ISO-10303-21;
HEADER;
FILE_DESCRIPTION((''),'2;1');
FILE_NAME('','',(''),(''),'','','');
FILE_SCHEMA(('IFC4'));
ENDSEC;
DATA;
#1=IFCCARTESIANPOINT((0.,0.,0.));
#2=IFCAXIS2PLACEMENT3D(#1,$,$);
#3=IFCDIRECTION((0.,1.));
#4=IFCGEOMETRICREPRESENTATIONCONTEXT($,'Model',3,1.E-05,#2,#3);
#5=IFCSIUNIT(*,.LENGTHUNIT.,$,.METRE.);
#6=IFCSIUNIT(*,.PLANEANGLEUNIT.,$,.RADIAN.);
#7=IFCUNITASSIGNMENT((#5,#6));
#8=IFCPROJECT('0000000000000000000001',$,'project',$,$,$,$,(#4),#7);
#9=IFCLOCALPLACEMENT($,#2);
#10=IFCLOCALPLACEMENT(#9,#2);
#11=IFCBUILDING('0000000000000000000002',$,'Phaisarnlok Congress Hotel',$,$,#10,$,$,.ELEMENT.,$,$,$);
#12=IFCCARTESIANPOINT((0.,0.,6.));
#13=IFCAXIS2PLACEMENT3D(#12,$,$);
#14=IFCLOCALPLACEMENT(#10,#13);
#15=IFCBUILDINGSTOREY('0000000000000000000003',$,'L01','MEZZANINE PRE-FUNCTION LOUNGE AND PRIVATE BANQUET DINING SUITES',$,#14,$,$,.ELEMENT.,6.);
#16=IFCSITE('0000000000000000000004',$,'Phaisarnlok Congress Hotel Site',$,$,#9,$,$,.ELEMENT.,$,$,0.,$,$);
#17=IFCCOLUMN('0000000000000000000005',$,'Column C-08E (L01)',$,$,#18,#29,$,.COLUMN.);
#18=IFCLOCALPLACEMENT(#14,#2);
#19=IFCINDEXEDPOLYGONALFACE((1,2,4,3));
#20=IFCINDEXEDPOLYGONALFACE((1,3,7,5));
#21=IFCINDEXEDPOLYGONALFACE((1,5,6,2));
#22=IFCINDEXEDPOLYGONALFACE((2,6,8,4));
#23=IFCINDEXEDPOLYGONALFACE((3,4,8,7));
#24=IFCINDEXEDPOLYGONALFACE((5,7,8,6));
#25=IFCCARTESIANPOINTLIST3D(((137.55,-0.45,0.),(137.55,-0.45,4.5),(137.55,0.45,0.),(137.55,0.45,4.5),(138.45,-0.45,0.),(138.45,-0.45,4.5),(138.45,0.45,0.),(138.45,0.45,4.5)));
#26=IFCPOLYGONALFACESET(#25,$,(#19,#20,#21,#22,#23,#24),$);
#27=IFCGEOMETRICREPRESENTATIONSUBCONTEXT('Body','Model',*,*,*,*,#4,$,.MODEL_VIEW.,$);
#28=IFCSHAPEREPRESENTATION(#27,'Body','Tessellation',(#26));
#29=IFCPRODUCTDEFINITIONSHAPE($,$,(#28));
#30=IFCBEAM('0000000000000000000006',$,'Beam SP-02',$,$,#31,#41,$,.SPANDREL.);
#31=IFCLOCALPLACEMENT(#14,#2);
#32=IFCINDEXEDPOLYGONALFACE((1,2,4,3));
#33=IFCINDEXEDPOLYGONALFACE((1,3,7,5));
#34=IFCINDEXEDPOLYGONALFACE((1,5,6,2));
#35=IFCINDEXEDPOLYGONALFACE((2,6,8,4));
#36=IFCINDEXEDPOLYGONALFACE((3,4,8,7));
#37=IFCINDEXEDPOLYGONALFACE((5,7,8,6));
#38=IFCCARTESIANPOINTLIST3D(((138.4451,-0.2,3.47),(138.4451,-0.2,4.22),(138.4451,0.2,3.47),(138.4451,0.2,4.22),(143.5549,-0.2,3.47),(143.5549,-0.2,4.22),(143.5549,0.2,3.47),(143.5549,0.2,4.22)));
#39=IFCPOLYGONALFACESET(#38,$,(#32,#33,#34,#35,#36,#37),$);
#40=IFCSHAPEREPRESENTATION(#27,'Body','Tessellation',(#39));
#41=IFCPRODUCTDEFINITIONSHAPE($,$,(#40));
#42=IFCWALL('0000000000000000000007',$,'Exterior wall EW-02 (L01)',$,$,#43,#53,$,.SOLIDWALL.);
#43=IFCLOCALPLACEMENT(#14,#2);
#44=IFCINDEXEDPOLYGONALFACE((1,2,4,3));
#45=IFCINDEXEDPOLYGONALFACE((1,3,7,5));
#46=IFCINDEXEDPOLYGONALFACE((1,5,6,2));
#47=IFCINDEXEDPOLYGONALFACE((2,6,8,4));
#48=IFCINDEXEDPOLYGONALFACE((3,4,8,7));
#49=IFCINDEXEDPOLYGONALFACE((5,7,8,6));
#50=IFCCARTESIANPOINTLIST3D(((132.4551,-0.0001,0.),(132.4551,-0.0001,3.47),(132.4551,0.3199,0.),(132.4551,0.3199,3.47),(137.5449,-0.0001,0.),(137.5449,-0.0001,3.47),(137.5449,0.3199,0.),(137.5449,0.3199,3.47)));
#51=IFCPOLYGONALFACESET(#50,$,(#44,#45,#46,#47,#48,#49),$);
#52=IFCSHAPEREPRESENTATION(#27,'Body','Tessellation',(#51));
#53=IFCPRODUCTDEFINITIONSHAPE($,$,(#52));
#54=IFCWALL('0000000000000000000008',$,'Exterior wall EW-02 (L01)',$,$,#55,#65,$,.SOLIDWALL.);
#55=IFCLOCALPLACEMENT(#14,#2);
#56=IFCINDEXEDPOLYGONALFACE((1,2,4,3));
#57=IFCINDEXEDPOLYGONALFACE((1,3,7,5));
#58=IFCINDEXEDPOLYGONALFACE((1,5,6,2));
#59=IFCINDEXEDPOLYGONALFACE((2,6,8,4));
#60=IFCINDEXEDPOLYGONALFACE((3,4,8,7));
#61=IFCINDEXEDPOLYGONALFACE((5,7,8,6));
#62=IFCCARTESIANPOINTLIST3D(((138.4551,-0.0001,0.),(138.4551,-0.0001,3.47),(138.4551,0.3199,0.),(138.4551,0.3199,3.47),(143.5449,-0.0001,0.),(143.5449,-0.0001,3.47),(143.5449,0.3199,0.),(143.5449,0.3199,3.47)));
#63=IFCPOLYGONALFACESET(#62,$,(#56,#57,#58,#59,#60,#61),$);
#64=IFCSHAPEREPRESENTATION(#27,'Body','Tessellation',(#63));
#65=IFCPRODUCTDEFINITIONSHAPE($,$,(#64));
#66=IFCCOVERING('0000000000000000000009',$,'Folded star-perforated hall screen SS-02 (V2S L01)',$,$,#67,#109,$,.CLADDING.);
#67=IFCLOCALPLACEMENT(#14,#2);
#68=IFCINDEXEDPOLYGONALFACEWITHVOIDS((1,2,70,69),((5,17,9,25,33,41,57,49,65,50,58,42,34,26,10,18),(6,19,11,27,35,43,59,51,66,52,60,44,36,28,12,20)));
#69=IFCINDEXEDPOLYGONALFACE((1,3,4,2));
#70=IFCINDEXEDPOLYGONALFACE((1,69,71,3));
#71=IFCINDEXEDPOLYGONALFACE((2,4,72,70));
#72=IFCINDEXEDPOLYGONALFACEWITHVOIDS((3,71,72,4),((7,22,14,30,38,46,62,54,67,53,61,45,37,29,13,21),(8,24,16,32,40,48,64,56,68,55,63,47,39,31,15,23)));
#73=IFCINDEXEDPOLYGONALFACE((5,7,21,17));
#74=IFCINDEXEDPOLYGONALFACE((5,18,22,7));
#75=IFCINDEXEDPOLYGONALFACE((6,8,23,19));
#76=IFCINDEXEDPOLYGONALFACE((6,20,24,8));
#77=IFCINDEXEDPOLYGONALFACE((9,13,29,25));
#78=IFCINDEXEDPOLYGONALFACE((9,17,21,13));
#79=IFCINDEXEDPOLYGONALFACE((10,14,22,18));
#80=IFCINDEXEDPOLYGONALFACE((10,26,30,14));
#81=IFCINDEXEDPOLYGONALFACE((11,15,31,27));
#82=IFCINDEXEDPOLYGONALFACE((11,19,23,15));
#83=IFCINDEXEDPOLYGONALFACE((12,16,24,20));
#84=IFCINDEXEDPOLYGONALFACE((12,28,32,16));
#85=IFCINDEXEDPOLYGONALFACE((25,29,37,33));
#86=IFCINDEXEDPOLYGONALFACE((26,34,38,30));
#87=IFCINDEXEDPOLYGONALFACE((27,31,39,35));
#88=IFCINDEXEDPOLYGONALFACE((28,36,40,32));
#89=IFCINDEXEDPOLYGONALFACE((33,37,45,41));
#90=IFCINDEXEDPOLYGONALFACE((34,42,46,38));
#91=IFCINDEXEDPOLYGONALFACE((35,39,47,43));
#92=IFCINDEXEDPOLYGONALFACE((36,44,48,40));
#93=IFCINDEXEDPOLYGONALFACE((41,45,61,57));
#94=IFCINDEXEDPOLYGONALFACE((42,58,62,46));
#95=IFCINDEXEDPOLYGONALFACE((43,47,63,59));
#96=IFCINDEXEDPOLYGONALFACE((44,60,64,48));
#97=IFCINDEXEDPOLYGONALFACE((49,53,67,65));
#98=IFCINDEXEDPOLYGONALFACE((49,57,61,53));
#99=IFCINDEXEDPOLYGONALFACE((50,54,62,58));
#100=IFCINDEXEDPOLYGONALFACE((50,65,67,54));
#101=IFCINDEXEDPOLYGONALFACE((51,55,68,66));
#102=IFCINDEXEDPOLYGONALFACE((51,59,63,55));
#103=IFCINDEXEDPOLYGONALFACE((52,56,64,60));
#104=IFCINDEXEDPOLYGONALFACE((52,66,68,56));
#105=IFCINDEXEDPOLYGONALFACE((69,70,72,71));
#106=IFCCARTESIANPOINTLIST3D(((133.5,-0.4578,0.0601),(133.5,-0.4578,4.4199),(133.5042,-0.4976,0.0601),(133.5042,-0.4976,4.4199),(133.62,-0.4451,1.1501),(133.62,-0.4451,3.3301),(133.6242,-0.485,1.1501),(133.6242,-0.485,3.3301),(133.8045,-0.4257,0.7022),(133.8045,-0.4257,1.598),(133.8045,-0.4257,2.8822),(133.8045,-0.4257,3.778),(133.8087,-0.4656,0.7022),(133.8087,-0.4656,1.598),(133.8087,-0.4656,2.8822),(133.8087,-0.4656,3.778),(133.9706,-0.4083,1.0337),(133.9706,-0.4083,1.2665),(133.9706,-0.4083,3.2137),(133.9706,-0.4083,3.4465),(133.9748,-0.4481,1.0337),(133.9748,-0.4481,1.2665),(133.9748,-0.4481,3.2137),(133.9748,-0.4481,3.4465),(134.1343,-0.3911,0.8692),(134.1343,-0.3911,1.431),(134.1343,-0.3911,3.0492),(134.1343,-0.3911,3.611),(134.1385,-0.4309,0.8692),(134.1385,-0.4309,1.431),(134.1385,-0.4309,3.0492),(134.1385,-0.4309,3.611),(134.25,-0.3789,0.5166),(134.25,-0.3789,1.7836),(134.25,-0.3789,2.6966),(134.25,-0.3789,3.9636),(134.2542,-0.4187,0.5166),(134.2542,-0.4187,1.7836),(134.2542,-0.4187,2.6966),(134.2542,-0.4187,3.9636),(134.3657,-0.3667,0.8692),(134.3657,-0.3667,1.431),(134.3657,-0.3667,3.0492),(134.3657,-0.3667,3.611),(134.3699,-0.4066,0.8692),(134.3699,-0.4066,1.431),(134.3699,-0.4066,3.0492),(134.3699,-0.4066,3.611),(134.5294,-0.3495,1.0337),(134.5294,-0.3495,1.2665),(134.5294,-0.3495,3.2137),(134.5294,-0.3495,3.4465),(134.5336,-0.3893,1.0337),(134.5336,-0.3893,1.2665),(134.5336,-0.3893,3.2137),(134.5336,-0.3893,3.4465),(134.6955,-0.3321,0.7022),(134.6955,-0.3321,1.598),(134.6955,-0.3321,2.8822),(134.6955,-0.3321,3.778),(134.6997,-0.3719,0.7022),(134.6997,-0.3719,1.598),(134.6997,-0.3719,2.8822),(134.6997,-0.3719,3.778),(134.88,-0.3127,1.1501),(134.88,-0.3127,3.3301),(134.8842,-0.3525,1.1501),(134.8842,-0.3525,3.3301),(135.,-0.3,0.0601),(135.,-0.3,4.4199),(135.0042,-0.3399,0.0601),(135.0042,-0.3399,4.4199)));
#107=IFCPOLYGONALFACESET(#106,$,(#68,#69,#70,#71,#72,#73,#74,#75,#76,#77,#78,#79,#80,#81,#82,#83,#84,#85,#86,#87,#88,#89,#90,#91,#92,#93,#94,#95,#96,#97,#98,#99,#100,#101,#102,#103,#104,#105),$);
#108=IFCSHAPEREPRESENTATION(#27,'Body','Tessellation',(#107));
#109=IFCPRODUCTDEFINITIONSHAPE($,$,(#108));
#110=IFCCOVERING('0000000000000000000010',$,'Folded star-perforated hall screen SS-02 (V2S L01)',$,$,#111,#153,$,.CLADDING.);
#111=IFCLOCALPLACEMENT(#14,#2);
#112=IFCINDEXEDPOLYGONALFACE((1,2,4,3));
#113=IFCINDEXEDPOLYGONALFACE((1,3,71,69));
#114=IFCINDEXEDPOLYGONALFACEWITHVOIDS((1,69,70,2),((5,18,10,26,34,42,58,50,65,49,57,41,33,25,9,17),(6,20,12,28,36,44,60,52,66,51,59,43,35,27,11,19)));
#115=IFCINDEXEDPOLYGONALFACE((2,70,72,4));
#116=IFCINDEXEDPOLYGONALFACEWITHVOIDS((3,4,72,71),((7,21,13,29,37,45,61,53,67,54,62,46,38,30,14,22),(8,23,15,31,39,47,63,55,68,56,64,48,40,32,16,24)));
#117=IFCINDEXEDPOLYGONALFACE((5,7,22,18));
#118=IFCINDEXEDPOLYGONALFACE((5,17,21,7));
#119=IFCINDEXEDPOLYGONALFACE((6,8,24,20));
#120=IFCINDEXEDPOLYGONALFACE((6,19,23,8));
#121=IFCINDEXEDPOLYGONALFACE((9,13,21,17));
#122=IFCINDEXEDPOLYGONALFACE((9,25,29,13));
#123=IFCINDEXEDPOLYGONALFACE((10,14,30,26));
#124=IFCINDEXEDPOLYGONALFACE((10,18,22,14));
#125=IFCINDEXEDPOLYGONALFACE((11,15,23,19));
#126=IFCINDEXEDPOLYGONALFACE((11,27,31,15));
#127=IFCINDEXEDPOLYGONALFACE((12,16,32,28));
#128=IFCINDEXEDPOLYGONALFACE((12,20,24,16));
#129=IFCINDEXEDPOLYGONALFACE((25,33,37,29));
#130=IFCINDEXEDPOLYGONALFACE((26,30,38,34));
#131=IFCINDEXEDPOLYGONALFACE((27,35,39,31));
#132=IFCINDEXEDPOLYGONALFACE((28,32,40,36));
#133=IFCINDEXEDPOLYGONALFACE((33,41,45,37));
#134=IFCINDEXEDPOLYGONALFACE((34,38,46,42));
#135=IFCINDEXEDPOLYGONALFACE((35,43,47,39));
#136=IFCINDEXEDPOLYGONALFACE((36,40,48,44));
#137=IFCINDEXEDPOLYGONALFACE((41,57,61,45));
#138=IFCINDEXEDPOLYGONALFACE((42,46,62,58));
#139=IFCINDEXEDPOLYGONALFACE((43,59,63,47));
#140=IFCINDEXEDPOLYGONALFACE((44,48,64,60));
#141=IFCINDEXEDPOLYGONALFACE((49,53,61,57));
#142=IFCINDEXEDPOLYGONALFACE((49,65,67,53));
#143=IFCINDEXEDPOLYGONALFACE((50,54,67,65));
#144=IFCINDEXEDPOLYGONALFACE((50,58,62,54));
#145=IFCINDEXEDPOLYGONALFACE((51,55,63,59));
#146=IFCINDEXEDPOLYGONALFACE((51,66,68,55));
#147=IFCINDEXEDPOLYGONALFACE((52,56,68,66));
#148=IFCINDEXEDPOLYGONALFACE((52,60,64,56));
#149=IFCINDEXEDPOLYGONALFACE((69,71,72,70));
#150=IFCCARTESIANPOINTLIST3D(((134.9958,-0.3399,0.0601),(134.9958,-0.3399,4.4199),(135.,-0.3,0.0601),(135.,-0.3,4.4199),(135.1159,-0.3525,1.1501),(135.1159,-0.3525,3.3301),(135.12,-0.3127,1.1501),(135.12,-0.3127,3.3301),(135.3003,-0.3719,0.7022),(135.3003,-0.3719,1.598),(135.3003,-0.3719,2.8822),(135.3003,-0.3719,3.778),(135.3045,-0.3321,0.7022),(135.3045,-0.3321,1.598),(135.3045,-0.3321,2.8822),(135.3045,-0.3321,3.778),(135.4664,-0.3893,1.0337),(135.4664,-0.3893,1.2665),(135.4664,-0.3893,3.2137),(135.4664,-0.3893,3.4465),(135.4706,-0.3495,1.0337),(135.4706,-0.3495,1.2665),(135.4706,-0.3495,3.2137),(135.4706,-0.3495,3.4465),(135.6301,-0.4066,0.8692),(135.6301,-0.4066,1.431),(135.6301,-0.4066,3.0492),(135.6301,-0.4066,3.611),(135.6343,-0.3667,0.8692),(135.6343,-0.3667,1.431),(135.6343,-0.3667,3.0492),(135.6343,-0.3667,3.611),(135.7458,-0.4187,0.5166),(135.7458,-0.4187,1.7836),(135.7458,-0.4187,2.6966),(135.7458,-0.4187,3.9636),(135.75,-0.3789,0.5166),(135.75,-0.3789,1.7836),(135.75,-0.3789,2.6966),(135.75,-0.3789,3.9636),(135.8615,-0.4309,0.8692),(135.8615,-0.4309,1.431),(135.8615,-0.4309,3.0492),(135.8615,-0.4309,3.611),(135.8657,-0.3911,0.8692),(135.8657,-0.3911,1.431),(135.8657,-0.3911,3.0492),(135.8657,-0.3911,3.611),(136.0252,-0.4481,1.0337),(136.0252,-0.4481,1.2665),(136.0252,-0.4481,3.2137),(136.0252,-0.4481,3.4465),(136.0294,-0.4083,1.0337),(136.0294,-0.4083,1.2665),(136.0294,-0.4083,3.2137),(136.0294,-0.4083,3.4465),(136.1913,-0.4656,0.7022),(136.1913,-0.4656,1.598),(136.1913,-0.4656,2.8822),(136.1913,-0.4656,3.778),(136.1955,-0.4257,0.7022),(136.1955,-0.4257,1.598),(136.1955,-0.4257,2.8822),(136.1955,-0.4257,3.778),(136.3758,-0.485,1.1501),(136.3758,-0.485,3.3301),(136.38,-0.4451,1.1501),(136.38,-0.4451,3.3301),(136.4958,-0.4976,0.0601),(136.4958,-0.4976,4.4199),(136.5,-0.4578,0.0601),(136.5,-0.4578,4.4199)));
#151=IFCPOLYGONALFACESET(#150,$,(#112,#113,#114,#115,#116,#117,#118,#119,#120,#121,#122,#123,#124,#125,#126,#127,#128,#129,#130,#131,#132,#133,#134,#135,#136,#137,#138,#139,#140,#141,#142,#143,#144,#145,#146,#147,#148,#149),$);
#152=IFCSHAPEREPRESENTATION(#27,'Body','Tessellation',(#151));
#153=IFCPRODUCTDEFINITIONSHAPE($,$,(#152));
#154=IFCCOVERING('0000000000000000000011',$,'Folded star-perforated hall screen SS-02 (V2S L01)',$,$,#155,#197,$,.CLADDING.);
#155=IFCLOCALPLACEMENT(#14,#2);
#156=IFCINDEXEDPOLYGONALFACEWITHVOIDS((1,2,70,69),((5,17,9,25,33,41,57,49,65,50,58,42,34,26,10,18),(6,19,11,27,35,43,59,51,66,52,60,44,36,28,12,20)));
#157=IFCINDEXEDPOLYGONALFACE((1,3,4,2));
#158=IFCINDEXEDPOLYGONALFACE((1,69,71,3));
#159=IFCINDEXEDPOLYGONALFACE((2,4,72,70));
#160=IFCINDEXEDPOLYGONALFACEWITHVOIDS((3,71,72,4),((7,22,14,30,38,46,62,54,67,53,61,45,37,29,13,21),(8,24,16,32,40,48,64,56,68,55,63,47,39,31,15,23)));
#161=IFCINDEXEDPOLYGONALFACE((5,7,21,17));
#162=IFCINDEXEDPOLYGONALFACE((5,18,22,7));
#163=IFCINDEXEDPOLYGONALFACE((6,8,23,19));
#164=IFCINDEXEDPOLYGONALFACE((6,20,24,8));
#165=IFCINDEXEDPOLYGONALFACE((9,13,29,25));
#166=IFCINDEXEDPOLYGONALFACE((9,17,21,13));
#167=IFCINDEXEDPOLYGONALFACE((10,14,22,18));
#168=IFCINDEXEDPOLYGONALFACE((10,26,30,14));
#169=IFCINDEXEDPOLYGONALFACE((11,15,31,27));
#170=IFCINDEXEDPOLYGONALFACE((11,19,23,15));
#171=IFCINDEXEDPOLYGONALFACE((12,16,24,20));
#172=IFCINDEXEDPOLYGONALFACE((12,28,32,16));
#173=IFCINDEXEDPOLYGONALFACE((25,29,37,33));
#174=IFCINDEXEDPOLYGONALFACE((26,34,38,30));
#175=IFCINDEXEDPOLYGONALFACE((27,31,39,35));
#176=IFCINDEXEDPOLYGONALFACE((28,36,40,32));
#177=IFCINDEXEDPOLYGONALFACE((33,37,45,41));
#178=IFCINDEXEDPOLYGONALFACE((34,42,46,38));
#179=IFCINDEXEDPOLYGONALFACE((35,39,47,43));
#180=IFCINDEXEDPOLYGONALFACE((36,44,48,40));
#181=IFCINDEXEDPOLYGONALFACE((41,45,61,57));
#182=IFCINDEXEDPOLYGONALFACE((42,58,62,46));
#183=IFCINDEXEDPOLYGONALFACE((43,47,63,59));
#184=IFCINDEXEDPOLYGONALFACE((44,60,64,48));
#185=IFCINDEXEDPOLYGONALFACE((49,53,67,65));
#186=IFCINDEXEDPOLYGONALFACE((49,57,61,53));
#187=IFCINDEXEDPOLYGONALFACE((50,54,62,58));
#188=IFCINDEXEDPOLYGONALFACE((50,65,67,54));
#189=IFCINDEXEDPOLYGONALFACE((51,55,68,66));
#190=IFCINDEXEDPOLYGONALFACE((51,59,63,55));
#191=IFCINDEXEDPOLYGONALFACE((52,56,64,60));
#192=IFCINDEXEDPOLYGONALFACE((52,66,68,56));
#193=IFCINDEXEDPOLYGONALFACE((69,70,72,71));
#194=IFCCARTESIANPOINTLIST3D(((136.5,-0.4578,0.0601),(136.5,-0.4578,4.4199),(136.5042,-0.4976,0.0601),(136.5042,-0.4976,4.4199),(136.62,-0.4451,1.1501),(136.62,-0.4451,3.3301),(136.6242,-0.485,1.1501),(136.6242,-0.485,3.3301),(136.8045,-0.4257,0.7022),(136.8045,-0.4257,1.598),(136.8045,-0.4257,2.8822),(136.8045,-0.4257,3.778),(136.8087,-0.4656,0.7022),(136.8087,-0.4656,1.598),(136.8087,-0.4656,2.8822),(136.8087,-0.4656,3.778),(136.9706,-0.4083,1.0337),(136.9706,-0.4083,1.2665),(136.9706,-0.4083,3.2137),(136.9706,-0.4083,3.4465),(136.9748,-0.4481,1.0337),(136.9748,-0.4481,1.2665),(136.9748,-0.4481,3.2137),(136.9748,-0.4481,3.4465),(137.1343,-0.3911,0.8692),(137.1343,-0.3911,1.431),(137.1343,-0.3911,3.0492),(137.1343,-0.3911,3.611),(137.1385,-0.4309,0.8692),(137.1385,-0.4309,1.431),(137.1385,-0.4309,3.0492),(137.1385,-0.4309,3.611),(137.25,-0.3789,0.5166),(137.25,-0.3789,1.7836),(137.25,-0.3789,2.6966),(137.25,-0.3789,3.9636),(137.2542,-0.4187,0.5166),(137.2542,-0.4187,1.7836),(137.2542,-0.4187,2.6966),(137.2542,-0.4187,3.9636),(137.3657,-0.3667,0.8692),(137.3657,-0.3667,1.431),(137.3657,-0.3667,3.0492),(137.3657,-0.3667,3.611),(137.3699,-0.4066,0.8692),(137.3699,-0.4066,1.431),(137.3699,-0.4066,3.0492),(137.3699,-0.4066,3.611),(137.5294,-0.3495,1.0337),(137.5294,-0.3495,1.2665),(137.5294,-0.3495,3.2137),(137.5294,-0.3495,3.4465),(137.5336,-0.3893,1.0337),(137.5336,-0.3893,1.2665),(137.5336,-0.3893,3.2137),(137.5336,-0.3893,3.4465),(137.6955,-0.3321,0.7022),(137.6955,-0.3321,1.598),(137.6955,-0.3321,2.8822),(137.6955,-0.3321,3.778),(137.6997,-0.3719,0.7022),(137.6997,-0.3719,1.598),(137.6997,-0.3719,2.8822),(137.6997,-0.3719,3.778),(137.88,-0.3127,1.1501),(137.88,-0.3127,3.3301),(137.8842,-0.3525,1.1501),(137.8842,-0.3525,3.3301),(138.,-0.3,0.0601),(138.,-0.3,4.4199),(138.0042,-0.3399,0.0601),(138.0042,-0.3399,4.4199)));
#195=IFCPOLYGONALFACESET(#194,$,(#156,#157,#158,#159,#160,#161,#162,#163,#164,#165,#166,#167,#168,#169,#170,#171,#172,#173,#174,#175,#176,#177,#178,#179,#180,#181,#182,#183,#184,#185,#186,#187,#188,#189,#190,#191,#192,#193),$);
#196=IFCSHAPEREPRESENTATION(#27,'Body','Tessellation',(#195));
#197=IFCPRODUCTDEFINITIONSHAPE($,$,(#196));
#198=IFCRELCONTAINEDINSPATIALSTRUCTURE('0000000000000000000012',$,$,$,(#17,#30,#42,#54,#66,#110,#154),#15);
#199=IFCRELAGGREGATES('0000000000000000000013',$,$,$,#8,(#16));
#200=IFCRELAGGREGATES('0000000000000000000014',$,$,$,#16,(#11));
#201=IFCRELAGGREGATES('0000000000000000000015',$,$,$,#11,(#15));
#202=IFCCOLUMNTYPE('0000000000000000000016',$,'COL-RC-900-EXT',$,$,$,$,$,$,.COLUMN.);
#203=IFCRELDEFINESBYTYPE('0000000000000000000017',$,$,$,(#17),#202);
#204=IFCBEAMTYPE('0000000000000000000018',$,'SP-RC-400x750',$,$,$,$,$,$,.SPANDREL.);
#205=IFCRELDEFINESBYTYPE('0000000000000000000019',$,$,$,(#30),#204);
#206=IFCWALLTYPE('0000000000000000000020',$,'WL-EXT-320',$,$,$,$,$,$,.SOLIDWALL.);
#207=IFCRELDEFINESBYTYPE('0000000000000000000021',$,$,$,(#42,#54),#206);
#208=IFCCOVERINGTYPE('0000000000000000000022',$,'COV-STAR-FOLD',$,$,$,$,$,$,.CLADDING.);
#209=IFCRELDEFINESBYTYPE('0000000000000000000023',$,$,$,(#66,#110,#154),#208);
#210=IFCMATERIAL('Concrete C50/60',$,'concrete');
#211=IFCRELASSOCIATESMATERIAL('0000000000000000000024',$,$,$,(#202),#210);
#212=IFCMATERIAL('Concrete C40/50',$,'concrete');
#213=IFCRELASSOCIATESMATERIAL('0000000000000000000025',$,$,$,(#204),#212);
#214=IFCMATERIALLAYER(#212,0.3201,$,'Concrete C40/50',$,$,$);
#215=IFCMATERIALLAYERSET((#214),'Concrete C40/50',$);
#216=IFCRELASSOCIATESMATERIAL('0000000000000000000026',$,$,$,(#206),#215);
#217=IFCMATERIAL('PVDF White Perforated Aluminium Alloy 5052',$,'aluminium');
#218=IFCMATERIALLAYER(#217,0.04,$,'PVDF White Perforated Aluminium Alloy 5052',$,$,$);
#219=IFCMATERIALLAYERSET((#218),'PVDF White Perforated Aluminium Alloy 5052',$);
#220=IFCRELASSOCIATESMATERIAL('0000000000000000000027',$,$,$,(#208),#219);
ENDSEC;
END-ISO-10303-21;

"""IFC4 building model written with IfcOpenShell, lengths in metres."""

from ifc_helpers import new_model, si_unit, direction, frame, frame_2d, origin, origin_2d, place, context, subcontext, project, spatial, polyline, rectangle, outline, extrude, material, layer, layer_set, material_profile, profile_set, type_object, element, save


model = new_model("IFC4")

# Units and contexts
model_context = context("Model", 3, precision=1e-05, world=origin(), true_north=direction((0.0, 1.0)))
body_context = subcontext(model_context, "Body", "Model", "MODEL_VIEW")
ifc_project = project(units=[si_unit("LENGTHUNIT", "METRE"), si_unit("PLANEANGLEUNIT", "RADIAN")], contexts=[model_context])

# Site, building, storey
site_placement = place(None, origin())
site = spatial("IfcSite", under=ifc_project, at=site_placement, Name="Phaisarnlok Congress Hotel Site", CompositionType="ELEMENT", RefElevation=0.0)
building_placement = place(site_placement, origin())
building = spatial("IfcBuilding", under=site, at=building_placement, Name="Phaisarnlok Congress Hotel", CompositionType="ELEMENT")
storey_placement = place(building_placement, frame((0.0, 0.0, 6.0)))
storey = spatial("IfcBuildingStorey", under=building, at=storey_placement, Name="L01", Description="MEZZANINE PRE-FUNCTION LOUNGE AND PRIVATE BANQUET DINING SUITES", CompositionType="ELEMENT", Elevation=6.0)

# Column
ifc_material_1 = material(Name="Concrete C50/60", Category="concrete")
ifc_material_profile_1 = material_profile(ifc_material_1, rectangle(XDim=0.8999, YDim=0.8999, at=origin_2d()), Name="RC 900x900")
ifc_profile_set_1 = profile_set([ifc_material_profile_1], Name="Concrete C50/60")
column_type = type_object("IfcColumnType", Name="COL-RC-900-EXT", PredefinedType="COLUMN", material=ifc_profile_set_1)
column_placement = place(storey_placement, frame((138.0, 0.0, 0.0), z_axis=(0.0, 0.0, 1.0), x_axis=(1.0, 0.0, 0.0)))
element("IfcColumn", 1, at=column_placement, inside=storey, type_object=column_type, Name="Column C-08E (L01)", PredefinedType="COLUMN", context=body_context, shape_type="SweptSolid", body=[
    extrude(rectangle(XDim=0.8999, YDim=0.8999, at=origin_2d()), origin(), (0.0, 0.0, 1.0), 4.5),
])

# Beam
ifc_material_2 = material(Name="Concrete C40/50", Category="concrete")
ifc_material_profile_2 = material_profile(ifc_material_2, rectangle(XDim=0.3999, YDim=0.75, at=origin_2d()), Name="RC 400x750")
ifc_profile_set_2 = profile_set([ifc_material_profile_2], Name="Concrete C40/50")
beam_type = type_object("IfcBeamType", Name="SP-RC-400x750", PredefinedType="SPANDREL", material=ifc_profile_set_2)
beam_placement = place(storey_placement, frame((138.4451, 0.0, 3.845), z_axis=(1.0, 0.0, 0.0), x_axis=(0.0, 1.0, 0.0)))
element("IfcBeam", 2, at=beam_placement, inside=storey, type_object=beam_type, Name="Beam SP-02", PredefinedType="SPANDREL", context=body_context, shape_type="SweptSolid", body=[
    extrude(rectangle(XDim=0.3999, YDim=0.75, at=origin_2d()), origin(), (0.0, 0.0, 1.0), 5.1099),
])

# Walls
ifc_layer_1 = layer(ifc_material_2, 0.3201, Name="Concrete C40/50")
ifc_layer_set_1 = layer_set([ifc_layer_1], Name="Concrete C40/50")
wall_type = type_object("IfcWallType", Name="WL-EXT-320", PredefinedType="SOLIDWALL", material=ifc_layer_set_1)
for number, where, z_axis, x_axis, name in (
    (3, (132.4551, 0.1599, 0.0), (0.0, 0.0, 1.0), (1.0, 0.0, 0.0), "Exterior wall EW-02 (L01)"),
    (4, (138.4551, 0.1599, 0.0), (0.0, 0.0, 1.0), (1.0, 0.0, 0.0), "Exterior wall EW-02 (L01)"),
):
    element("IfcWall", number, at=place(storey_placement, frame(where, z_axis=z_axis, x_axis=x_axis)), inside=storey, type_object=wall_type, Name=name, PredefinedType="SOLIDWALL", context=body_context, shape_type="SweptSolid", body=[
        extrude(rectangle(XDim=5.0898, YDim=0.3201, at=frame_2d((2.5449, 0.0))), origin(), (0.0, 0.0, 1.0), 3.47),
    ])

# Coverings
ifc_material_3 = material(Name="PVDF White Perforated Aluminium Alloy 5052", Category="aluminium")
ifc_layer_2 = layer(ifc_material_3, 0.04, Name="PVDF White Perforated Aluminium Alloy 5052")
ifc_layer_set_2 = layer_set([ifc_layer_2], Name="PVDF White Perforated Aluminium Alloy 5052")
covering_type = type_object("IfcCoveringType", Name="COV-STAR-FOLD", PredefinedType="CLADDING", material=ifc_layer_set_2)
for number, where, z_axis, x_axis, name in (
    (5, (133.5, -0.4578, 0.0601), (0.104567, -0.994518, 0.0), (0.994518, 0.104567, 0.0), "Folded star-perforated hall screen SS-02 (V2S L01)"),
    (6, (135.0, -0.3, 0.0601), (-0.104567, -0.994518, 0.0), (0.994518, -0.104567, 0.0), "Folded star-perforated hall screen SS-02 (V2S L01)"),
    (7, (136.5, -0.4578, 0.0601), (0.104567, -0.994518, 0.0), (0.994518, 0.104567, 0.0), "Folded star-perforated hall screen SS-02 (V2S L01)"),
):
    element("IfcCovering", number, at=place(storey_placement, frame(where, z_axis=z_axis, x_axis=x_axis)), inside=storey, type_object=covering_type, Name=name, PredefinedType="CLADDING", context=body_context, shape_type="SweptSolid", body=[
        extrude(outline(polyline([(0.0, 0.0), (1.5083, 0.0), (1.5083, 4.3599), (0.0, 4.3599), (0.0, 0.0)]), holes=[polyline([(1.0351, 0.9736), (1.2021, 0.6421), (0.8705, 0.8091), (0.7541, 0.4565), (0.6378, 0.8091), (0.3062, 0.6421), (0.4732, 0.9736), (0.1207, 1.09), (0.4732, 1.2064), (0.3062, 1.5379), (0.6378, 1.3709), (0.7541, 1.7235), (0.8705, 1.3709), (1.2021, 1.5379), (1.0351, 1.2064), (1.3876, 1.09), (1.0351, 0.9736)]), polyline([(1.0351, 3.1536), (1.2021, 2.8221), (0.8705, 2.9891), (0.7541, 2.6365), (0.6378, 2.9891), (0.3062, 2.8221), (0.4732, 3.1536), (0.1207, 3.27), (0.4732, 3.3864), (0.3062, 3.7179), (0.6378, 3.5509), (0.7541, 3.9035), (0.8705, 3.5509), (1.2021, 3.7179), (1.0351, 3.3864), (1.3876, 3.27), (1.0351, 3.1536)])]), origin(), (0.0, 0.0, 1.0), 0.04),
    ])

save(model, "model.ifc")
